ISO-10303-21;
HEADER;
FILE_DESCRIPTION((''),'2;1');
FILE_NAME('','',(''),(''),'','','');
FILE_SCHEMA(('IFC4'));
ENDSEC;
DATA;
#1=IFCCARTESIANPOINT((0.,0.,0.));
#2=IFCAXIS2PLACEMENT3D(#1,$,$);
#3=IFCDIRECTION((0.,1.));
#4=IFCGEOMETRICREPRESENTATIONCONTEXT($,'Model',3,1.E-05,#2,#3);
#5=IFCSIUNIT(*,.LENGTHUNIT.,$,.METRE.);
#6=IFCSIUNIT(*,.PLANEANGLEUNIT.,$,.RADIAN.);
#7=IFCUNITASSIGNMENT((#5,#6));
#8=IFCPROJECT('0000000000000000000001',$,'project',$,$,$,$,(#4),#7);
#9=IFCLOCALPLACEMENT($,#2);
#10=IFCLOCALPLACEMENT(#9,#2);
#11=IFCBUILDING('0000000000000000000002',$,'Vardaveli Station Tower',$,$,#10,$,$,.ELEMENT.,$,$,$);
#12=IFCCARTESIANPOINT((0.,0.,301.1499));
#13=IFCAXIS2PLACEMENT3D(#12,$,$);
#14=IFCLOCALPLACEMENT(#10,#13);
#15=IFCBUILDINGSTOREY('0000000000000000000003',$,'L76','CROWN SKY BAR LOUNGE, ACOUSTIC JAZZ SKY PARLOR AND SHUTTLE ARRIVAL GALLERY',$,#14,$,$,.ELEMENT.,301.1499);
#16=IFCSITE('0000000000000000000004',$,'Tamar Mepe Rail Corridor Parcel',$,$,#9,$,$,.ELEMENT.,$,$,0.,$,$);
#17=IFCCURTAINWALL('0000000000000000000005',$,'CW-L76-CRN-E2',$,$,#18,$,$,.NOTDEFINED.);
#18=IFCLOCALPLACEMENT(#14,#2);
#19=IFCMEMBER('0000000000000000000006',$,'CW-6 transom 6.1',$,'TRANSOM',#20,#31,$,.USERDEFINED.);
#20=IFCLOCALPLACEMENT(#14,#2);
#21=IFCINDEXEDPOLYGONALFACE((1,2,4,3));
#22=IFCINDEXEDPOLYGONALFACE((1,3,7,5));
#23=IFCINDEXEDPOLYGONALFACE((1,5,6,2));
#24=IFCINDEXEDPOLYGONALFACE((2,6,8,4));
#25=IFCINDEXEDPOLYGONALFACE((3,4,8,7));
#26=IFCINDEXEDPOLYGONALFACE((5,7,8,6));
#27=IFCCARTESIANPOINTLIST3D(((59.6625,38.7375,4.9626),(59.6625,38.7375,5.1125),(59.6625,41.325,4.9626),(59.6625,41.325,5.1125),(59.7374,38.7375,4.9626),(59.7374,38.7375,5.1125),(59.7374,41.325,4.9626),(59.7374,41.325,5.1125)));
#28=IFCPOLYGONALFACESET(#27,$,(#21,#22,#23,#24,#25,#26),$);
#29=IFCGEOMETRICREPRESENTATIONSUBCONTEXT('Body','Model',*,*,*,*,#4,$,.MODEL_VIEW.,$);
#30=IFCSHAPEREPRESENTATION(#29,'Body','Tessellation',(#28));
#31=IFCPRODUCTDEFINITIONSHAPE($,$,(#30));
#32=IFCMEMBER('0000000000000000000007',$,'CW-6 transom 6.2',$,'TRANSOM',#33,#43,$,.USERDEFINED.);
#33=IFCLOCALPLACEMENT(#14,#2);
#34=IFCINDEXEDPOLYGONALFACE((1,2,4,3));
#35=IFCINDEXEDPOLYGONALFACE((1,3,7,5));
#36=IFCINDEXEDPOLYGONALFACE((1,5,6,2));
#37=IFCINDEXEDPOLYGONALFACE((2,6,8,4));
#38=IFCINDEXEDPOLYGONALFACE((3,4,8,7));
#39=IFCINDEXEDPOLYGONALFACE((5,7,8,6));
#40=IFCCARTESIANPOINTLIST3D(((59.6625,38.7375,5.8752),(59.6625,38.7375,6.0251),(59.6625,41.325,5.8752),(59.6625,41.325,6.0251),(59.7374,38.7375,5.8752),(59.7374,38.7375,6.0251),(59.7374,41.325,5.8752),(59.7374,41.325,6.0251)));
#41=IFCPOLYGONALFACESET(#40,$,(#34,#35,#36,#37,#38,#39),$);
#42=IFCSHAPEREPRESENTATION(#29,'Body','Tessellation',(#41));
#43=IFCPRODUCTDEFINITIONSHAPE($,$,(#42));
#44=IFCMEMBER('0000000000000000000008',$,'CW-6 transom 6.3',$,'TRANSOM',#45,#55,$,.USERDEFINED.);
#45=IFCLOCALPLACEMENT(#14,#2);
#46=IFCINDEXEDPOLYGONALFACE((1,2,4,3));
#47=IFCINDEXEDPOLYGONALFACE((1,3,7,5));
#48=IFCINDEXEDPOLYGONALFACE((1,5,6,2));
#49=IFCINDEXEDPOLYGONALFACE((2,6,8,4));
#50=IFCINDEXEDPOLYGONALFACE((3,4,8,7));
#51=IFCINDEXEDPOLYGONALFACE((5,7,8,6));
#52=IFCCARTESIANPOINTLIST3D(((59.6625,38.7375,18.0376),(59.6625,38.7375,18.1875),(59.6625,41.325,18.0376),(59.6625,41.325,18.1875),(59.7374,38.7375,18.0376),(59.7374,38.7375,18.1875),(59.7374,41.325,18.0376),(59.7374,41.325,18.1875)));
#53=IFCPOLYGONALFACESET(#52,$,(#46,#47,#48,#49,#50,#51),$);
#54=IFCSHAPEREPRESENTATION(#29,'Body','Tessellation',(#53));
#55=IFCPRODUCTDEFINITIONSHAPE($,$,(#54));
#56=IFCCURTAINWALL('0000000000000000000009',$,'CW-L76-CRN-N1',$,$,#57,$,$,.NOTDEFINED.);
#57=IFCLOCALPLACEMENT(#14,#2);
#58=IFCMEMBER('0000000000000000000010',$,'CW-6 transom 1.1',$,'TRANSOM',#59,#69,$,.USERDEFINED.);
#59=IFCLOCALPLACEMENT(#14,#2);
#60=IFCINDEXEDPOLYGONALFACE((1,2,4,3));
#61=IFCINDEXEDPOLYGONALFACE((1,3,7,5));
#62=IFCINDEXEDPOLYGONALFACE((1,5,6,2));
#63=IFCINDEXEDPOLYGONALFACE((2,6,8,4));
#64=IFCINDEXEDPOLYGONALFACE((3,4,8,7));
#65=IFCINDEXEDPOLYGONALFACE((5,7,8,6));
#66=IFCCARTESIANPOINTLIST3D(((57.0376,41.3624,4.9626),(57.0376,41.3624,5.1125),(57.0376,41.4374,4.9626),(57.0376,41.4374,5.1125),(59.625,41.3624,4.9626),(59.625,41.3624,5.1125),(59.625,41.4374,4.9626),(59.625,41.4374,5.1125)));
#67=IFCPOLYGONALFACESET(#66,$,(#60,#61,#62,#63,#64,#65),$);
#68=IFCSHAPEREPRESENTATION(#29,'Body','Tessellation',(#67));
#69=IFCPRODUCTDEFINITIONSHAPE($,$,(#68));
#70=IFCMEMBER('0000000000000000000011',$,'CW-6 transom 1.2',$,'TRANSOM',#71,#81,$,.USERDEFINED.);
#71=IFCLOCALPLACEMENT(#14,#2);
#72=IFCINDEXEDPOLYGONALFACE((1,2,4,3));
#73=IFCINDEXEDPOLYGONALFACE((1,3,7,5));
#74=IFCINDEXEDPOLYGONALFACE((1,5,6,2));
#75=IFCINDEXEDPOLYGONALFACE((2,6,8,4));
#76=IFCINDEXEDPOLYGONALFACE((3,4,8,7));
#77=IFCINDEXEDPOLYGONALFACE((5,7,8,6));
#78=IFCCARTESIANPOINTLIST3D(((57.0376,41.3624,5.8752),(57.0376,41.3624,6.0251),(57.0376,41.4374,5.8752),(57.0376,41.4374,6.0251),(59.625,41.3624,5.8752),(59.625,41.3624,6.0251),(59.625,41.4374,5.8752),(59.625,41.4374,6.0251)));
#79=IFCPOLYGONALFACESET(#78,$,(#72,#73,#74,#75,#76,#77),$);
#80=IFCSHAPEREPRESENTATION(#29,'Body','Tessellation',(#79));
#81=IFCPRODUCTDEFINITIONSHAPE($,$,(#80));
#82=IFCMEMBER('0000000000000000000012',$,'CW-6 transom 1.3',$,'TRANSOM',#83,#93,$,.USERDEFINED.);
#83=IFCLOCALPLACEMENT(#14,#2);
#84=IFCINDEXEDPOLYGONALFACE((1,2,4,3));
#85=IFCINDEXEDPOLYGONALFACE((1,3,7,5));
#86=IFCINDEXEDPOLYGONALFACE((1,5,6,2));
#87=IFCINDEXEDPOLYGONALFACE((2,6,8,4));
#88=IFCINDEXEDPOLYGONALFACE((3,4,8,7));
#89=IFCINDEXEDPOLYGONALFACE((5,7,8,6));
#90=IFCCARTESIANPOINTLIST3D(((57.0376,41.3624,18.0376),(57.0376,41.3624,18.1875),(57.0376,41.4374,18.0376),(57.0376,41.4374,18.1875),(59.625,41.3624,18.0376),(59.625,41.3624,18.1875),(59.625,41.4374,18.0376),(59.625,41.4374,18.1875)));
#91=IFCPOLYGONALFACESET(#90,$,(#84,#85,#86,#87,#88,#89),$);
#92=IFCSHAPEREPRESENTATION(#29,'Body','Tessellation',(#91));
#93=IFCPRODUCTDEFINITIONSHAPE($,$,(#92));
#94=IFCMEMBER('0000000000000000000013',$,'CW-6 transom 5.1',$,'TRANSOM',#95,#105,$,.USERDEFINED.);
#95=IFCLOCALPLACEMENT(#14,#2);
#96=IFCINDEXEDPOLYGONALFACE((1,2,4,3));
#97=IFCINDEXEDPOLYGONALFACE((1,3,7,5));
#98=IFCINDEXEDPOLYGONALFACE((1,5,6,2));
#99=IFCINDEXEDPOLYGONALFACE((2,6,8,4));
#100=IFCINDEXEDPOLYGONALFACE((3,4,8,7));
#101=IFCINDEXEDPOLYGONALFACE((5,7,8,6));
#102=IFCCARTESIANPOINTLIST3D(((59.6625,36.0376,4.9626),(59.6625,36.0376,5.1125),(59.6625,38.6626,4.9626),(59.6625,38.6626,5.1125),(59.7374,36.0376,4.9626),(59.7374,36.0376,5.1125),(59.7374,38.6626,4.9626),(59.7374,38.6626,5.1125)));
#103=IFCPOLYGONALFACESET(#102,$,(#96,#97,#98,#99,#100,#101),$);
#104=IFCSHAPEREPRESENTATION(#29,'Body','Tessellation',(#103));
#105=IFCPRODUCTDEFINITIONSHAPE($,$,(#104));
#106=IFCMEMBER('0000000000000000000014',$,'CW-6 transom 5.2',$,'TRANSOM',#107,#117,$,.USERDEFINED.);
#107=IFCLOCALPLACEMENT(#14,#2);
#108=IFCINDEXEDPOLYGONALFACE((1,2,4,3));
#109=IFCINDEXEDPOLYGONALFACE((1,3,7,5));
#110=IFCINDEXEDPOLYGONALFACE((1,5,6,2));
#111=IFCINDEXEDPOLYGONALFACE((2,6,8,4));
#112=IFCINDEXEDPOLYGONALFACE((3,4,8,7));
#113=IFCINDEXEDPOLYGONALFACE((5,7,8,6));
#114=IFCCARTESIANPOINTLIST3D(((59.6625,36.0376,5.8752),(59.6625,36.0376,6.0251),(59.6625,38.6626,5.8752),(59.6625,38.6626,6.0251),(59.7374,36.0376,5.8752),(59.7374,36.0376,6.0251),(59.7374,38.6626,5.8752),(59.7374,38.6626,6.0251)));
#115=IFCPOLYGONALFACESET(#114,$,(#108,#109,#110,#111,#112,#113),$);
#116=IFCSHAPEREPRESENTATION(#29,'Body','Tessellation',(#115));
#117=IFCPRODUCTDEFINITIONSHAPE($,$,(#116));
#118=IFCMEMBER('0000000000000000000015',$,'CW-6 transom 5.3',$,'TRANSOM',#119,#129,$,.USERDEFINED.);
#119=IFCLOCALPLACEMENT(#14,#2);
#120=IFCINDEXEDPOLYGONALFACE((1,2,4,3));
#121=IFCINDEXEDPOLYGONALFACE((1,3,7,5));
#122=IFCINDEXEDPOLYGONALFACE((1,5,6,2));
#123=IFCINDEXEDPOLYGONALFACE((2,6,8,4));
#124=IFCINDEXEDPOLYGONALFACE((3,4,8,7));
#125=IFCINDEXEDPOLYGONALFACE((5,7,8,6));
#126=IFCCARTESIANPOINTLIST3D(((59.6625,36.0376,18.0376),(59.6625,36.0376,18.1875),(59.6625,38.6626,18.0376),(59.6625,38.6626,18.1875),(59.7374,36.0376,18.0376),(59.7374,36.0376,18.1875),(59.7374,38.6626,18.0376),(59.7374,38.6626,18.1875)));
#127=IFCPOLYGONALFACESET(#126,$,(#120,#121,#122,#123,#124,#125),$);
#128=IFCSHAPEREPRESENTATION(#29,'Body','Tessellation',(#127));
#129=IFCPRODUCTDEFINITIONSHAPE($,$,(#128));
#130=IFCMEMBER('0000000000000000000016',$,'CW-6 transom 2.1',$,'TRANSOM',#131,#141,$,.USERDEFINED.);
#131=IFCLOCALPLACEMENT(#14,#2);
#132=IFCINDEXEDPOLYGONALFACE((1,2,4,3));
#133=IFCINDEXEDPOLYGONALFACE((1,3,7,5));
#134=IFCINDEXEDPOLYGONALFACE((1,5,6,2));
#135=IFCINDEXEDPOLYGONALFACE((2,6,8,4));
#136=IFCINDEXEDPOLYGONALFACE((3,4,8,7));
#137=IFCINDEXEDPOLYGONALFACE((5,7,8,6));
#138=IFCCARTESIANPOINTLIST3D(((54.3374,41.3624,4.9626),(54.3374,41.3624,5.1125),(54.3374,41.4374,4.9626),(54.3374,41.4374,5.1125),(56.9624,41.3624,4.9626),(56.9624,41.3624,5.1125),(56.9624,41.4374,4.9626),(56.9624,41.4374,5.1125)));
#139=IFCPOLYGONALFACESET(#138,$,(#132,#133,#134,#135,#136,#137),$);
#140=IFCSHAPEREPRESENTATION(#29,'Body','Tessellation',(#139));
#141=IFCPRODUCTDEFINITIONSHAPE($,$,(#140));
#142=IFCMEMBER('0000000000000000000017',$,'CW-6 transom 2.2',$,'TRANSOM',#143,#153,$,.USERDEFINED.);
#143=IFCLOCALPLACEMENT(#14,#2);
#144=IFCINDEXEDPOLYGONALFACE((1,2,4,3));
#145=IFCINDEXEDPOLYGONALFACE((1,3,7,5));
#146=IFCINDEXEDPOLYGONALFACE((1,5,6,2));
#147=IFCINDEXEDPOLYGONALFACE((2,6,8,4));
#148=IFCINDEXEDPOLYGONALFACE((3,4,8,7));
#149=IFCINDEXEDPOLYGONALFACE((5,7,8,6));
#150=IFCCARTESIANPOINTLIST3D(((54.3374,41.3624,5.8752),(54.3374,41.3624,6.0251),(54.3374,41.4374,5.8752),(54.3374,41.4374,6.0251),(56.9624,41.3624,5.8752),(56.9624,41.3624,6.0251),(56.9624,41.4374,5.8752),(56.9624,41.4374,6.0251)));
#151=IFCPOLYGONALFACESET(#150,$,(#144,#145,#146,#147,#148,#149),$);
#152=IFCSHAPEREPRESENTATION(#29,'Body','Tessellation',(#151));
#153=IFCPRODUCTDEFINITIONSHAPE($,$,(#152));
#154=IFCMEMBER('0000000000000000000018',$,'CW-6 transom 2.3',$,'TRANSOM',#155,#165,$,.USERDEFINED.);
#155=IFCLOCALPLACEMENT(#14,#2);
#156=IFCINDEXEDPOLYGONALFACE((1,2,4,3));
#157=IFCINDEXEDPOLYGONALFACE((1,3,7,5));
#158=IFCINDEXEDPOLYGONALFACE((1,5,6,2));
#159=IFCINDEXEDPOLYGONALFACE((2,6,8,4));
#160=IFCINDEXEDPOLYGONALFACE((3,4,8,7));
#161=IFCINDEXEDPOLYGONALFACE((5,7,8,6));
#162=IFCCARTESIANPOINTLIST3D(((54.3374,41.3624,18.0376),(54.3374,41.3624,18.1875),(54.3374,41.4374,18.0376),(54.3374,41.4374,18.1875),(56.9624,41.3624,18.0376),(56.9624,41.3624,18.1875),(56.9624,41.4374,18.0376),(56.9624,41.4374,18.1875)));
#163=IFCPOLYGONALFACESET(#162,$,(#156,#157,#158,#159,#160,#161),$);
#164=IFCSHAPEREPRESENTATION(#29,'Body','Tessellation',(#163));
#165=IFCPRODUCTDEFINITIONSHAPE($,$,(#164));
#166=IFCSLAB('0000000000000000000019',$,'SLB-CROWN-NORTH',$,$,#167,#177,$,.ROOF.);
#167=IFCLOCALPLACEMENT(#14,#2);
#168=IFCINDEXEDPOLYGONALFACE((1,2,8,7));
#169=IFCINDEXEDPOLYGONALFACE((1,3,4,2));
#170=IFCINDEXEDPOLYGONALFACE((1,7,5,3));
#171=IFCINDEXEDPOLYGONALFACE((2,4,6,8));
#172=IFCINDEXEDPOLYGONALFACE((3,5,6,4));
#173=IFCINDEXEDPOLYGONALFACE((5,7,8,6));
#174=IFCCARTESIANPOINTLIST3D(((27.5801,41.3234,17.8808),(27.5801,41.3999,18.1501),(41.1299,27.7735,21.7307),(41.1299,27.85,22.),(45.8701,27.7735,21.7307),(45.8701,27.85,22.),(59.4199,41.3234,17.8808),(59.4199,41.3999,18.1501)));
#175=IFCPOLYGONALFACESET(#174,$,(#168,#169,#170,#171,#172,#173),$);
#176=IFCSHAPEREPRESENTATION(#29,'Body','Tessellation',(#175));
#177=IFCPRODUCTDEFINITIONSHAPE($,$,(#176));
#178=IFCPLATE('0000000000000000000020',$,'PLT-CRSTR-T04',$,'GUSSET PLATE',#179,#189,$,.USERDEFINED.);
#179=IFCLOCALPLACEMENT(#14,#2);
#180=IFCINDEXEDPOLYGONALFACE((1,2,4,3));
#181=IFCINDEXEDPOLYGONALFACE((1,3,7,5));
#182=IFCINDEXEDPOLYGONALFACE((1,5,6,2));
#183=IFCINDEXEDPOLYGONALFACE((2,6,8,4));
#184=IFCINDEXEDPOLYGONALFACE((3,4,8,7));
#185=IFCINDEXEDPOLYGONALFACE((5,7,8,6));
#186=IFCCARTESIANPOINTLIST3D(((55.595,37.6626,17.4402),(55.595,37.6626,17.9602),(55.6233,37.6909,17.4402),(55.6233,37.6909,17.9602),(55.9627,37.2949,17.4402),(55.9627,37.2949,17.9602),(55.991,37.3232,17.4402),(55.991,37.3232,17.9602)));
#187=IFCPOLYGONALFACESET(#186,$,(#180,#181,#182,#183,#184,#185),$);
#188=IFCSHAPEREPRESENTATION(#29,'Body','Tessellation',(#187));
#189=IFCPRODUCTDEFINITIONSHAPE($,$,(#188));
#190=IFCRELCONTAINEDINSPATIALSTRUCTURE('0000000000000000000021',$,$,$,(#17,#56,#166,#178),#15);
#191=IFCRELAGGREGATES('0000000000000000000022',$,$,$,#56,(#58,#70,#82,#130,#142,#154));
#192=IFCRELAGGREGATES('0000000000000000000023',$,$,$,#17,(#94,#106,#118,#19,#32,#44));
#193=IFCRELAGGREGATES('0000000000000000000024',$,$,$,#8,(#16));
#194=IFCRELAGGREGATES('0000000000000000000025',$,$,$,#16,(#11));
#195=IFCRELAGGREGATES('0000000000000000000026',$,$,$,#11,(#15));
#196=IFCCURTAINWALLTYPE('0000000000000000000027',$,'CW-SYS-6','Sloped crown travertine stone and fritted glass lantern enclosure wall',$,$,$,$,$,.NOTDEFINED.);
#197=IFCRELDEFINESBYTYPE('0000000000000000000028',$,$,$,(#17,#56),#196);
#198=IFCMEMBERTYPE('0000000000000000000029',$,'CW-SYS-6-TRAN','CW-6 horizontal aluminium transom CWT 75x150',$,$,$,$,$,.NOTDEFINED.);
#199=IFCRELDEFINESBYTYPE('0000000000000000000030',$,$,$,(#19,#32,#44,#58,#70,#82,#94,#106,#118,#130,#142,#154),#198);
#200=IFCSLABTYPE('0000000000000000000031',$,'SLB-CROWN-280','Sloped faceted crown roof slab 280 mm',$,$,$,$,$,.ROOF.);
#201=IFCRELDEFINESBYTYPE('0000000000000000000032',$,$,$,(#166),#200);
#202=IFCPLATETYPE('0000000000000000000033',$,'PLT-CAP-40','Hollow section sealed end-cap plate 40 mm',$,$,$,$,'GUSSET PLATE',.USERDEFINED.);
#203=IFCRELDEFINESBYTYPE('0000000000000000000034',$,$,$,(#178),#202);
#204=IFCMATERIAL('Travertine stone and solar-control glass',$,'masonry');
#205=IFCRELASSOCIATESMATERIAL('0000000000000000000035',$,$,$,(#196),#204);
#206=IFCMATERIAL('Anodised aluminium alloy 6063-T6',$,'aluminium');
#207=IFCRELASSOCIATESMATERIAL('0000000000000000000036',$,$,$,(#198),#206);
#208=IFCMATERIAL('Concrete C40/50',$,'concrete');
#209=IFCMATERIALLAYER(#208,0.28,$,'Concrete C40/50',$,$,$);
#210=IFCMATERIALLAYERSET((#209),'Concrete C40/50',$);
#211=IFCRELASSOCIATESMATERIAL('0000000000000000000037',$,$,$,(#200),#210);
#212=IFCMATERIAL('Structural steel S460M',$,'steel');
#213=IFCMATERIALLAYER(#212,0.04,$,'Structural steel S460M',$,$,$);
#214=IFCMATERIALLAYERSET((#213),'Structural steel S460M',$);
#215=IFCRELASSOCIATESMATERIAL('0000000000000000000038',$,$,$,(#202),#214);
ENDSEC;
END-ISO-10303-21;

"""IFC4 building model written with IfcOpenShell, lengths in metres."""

from ifc_helpers import new_model, si_unit, direction, frame, origin, origin_2d, place, context, subcontext, project, spatial, polyline, rectangle, outline, extrude, source, transform, mapped, material, layer, layer_set, material_profile, profile_set, type_object, element, aggregate, save


model = new_model("IFC4")

# Units and contexts
model_context = context("Model", 3, precision=1e-05, world=origin(), true_north=direction((0.0, 1.0)))
body_context = subcontext(model_context, "Body", "Model", "MODEL_VIEW")
ifc_project = project(units=[si_unit("LENGTHUNIT", "METRE"), si_unit("PLANEANGLEUNIT", "RADIAN")], contexts=[model_context])

# Site, building, storey
site_placement = place(None, origin())
site = spatial("IfcSite", under=ifc_project, at=site_placement, Name="Tamar Mepe Rail Corridor Parcel", CompositionType="ELEMENT", RefElevation=0.0)
building_placement = place(site_placement, origin())
building = spatial("IfcBuilding", under=site, at=building_placement, Name="Vardaveli Station Tower", CompositionType="ELEMENT")
storey_placement = place(building_placement, frame((0.0, 0.0, 301.1499)))
storey = spatial("IfcBuildingStorey", under=building, at=storey_placement, Name="L76", Description="CROWN SKY BAR LOUNGE, ACOUSTIC JAZZ SKY PARLOR AND SHUTTLE ARRIVAL GALLERY", CompositionType="ELEMENT", Elevation=301.1499)

# Curtain walls, members
ifc_material_1 = material(Name="Travertine stone and solar-control glass", Category="masonry")
curtain_wall_type = type_object("IfcCurtainWallType", Name="CW-SYS-6", Description="Sloped crown travertine stone and fritted glass lantern enclosure wall", PredefinedType="NOTDEFINED", material=ifc_material_1)
curtain_wall_1_placement = place(storey_placement, origin())
curtain_wall_1 = element("IfcCurtainWall", 1, at=curtain_wall_1_placement, inside=storey, type_object=curtain_wall_type, Name="CW-L76-CRN-E2", PredefinedType="NOTDEFINED")
ifc_material_2 = material(Name="Anodised aluminium alloy 6063-T6", Category="aluminium")
ifc_material_profile = material_profile(ifc_material_2, rectangle(XDim=0.075, YDim=0.1499, at=origin_2d()), Name="CWT 75x150")
ifc_profile_set = profile_set([ifc_material_profile], Name="Anodised aluminium alloy 6063-T6")
member_type = type_object("IfcMemberType", Name="CW-SYS-6-TRAN", Description="CW-6 horizontal aluminium transom CWT 75x150", PredefinedType="NOTDEFINED", material=ifc_profile_set)
shared_shape_1 = source(origin(), body_context, "Body", "SweptSolid", [
    extrude(rectangle(XDim=0.075, YDim=0.1499, at=origin_2d()), origin(), (0.0, 0.0, 1.0), 2.5874),
])
member_1_placement = place(storey_placement, frame((59.7, 38.7375, 5.0376), z_axis=(0.0, 1.0, 0.0), x_axis=(-1.0, 0.0, 0.0)))
member_1 = element("IfcMember", 2, at=member_1_placement, type_object=member_type, Name="CW-6 transom 6.1", ObjectType="TRANSOM", PredefinedType="USERDEFINED", context=body_context, shape_type="MappedRepresentation", body=[
    mapped(shared_shape_1, transform((0.0, 0.0, 0.0), scale=1.0)),
])
member_2_placement = place(storey_placement, frame((59.7, 38.7375, 5.9502), z_axis=(0.0, 1.0, 0.0), x_axis=(-1.0, 0.0, 0.0)))
member_2 = element("IfcMember", 3, at=member_2_placement, type_object=member_type, Name="CW-6 transom 6.2", ObjectType="TRANSOM", PredefinedType="USERDEFINED", context=body_context, shape_type="MappedRepresentation", body=[
    mapped(shared_shape_1, transform((0.0, 0.0, 0.0), scale=1.0)),
])
member_3_placement = place(storey_placement, frame((59.7, 38.7375, 18.1125), z_axis=(0.0, 1.0, 0.0), x_axis=(-1.0, 0.0, 0.0)))
member_3 = element("IfcMember", 4, at=member_3_placement, type_object=member_type, Name="CW-6 transom 6.3", ObjectType="TRANSOM", PredefinedType="USERDEFINED", context=body_context, shape_type="MappedRepresentation", body=[
    mapped(shared_shape_1, transform((0.0, 0.0, 0.0), scale=1.0)),
])
curtain_wall_2_placement = place(storey_placement, origin())
curtain_wall_2 = element("IfcCurtainWall", 5, at=curtain_wall_2_placement, inside=storey, type_object=curtain_wall_type, Name="CW-L76-CRN-N1", PredefinedType="NOTDEFINED")
member_4_placement = place(storey_placement, frame((59.625, 41.3999, 5.0376), z_axis=(-1.0, 0.0, 0.0), x_axis=(0.0, -1.0, 0.0)))
member_4 = element("IfcMember", 6, at=member_4_placement, type_object=member_type, Name="CW-6 transom 1.1", ObjectType="TRANSOM", PredefinedType="USERDEFINED", context=body_context, shape_type="MappedRepresentation", body=[
    mapped(shared_shape_1, transform((0.0, 0.0, 0.0), scale=1.0)),
])
member_5_placement = place(storey_placement, frame((59.625, 41.3999, 5.9502), z_axis=(-1.0, 0.0, 0.0), x_axis=(0.0, -1.0, 0.0)))
member_5 = element("IfcMember", 7, at=member_5_placement, type_object=member_type, Name="CW-6 transom 1.2", ObjectType="TRANSOM", PredefinedType="USERDEFINED", context=body_context, shape_type="MappedRepresentation", body=[
    mapped(shared_shape_1, transform((0.0, 0.0, 0.0), scale=1.0)),
])
member_6_placement = place(storey_placement, frame((59.625, 41.3999, 18.1125), z_axis=(-1.0, 0.0, 0.0), x_axis=(0.0, -1.0, 0.0)))
member_6 = element("IfcMember", 8, at=member_6_placement, type_object=member_type, Name="CW-6 transom 1.3", ObjectType="TRANSOM", PredefinedType="USERDEFINED", context=body_context, shape_type="MappedRepresentation", body=[
    mapped(shared_shape_1, transform((0.0, 0.0, 0.0), scale=1.0)),
])

# Members
shared_shape_2 = source(origin(), body_context, "Body", "SweptSolid", [
    extrude(rectangle(XDim=0.075, YDim=0.1499, at=origin_2d()), origin(), (0.0, 0.0, 1.0), 2.625),
])
member_7_placement = place(storey_placement, frame((59.7, 36.0376, 5.0376), z_axis=(0.0, 1.0, 0.0), x_axis=(-1.0, 0.0, 0.0)))
member_7 = element("IfcMember", 9, at=member_7_placement, type_object=member_type, Name="CW-6 transom 5.1", ObjectType="TRANSOM", PredefinedType="USERDEFINED", context=body_context, shape_type="MappedRepresentation", body=[
    mapped(shared_shape_2, transform((0.0, 0.0, 0.0), scale=1.0)),
])
member_8_placement = place(storey_placement, frame((59.7, 36.0376, 5.9502), z_axis=(0.0, 1.0, 0.0), x_axis=(-1.0, 0.0, 0.0)))
member_8 = element("IfcMember", 10, at=member_8_placement, type_object=member_type, Name="CW-6 transom 5.2", ObjectType="TRANSOM", PredefinedType="USERDEFINED", context=body_context, shape_type="MappedRepresentation", body=[
    mapped(shared_shape_2, transform((0.0, 0.0, 0.0), scale=1.0)),
])
member_9_placement = place(storey_placement, frame((59.7, 36.0376, 18.1125), z_axis=(0.0, 1.0, 0.0), x_axis=(-1.0, 0.0, 0.0)))
member_9 = element("IfcMember", 11, at=member_9_placement, type_object=member_type, Name="CW-6 transom 5.3", ObjectType="TRANSOM", PredefinedType="USERDEFINED", context=body_context, shape_type="MappedRepresentation", body=[
    mapped(shared_shape_2, transform((0.0, 0.0, 0.0), scale=1.0)),
])
member_10_placement = place(storey_placement, frame((56.9624, 41.3999, 5.0376), z_axis=(-1.0, 0.0, 0.0), x_axis=(0.0, -1.0, 0.0)))
member_10 = element("IfcMember", 12, at=member_10_placement, type_object=member_type, Name="CW-6 transom 2.1", ObjectType="TRANSOM", PredefinedType="USERDEFINED", context=body_context, shape_type="MappedRepresentation", body=[
    mapped(shared_shape_2, transform((0.0, 0.0, 0.0), scale=1.0)),
])
member_11_placement = place(storey_placement, frame((56.9624, 41.3999, 5.9502), z_axis=(-1.0, 0.0, 0.0), x_axis=(0.0, -1.0, 0.0)))
member_11 = element("IfcMember", 13, at=member_11_placement, type_object=member_type, Name="CW-6 transom 2.2", ObjectType="TRANSOM", PredefinedType="USERDEFINED", context=body_context, shape_type="MappedRepresentation", body=[
    mapped(shared_shape_2, transform((0.0, 0.0, 0.0), scale=1.0)),
])
member_12_placement = place(storey_placement, frame((56.9624, 41.3999, 18.1125), z_axis=(-1.0, 0.0, 0.0), x_axis=(0.0, -1.0, 0.0)))
member_12 = element("IfcMember", 14, at=member_12_placement, type_object=member_type, Name="CW-6 transom 2.3", ObjectType="TRANSOM", PredefinedType="USERDEFINED", context=body_context, shape_type="MappedRepresentation", body=[
    mapped(shared_shape_2, transform((0.0, 0.0, 0.0), scale=1.0)),
])

# Slab
ifc_material_3 = material(Name="Concrete C40/50", Category="concrete")
ifc_layer_1 = layer(ifc_material_3, 0.28, Name="Concrete C40/50")
ifc_layer_set_1 = layer_set([ifc_layer_1], Name="Concrete C40/50")
slab_type = type_object("IfcSlabType", Name="SLB-CROWN-280", Description="Sloped faceted crown roof slab 280 mm", PredefinedType="ROOF", material=ifc_layer_set_1)
slab_placement = place(storey_placement, frame((59.4199, 41.3999, 18.1501), z_axis=(0.0, 0.273308, 0.961926), x_axis=(-1.0, 0.0, 0.0)))
element("IfcSlab", 15, at=slab_placement, inside=storey, type_object=slab_type, Name="SLB-CROWN-NORTH", PredefinedType="ROOF", context=body_context, shape_type="SweptSolid", body=[
    extrude(outline(polyline([(0.0, 0.0), (31.8398, 0.0), (18.29, 14.0862), (13.5498, 14.0862), (0.0, 0.0)])), origin(), (0.0, 0.0, -1.0), 0.28),
])

# Plate
ifc_material_4 = material(Name="Structural steel S460M", Category="steel")
ifc_layer_2 = layer(ifc_material_4, 0.04, Name="Structural steel S460M")
ifc_layer_set_2 = layer_set([ifc_layer_2], Name="Structural steel S460M")
plate_type_1 = type_object("IfcPlateType", Name="PLT-CAP-40", Description="Hollow section sealed end-cap plate 40 mm", ElementType="GUSSET PLATE", PredefinedType="USERDEFINED", material=ifc_layer_set_2)
shared_shape_3 = source(origin(), body_context, "Body", "SweptSolid", [
    extrude(rectangle(XDim=0.52, YDim=0.04, at=origin_2d()), origin(), (0.0, 0.0, 1.0), 0.52),
])
plate_1_placement = place(storey_placement, frame((55.793, 37.4929, 17.4402), z_axis=(0.0, 0.0, 1.0), x_axis=(-0.707107, 0.707107, 0.0)))
element("IfcPlate", 16, at=plate_1_placement, inside=storey, type_object=plate_type_1, Name="PLT-CRSTR-T04", ObjectType="GUSSET PLATE", PredefinedType="USERDEFINED", context=body_context, shape_type="MappedRepresentation", body=[
    mapped(shared_shape_3, transform((0.0, 0.0, 0.0), scale=1.0)),
])
aggregate(curtain_wall_2, [member_4, member_5, member_6, member_10, member_11, member_12])
aggregate(curtain_wall_1, [member_7, member_8, member_9, member_1, member_2, member_3])

save(model, "model.ifc")
